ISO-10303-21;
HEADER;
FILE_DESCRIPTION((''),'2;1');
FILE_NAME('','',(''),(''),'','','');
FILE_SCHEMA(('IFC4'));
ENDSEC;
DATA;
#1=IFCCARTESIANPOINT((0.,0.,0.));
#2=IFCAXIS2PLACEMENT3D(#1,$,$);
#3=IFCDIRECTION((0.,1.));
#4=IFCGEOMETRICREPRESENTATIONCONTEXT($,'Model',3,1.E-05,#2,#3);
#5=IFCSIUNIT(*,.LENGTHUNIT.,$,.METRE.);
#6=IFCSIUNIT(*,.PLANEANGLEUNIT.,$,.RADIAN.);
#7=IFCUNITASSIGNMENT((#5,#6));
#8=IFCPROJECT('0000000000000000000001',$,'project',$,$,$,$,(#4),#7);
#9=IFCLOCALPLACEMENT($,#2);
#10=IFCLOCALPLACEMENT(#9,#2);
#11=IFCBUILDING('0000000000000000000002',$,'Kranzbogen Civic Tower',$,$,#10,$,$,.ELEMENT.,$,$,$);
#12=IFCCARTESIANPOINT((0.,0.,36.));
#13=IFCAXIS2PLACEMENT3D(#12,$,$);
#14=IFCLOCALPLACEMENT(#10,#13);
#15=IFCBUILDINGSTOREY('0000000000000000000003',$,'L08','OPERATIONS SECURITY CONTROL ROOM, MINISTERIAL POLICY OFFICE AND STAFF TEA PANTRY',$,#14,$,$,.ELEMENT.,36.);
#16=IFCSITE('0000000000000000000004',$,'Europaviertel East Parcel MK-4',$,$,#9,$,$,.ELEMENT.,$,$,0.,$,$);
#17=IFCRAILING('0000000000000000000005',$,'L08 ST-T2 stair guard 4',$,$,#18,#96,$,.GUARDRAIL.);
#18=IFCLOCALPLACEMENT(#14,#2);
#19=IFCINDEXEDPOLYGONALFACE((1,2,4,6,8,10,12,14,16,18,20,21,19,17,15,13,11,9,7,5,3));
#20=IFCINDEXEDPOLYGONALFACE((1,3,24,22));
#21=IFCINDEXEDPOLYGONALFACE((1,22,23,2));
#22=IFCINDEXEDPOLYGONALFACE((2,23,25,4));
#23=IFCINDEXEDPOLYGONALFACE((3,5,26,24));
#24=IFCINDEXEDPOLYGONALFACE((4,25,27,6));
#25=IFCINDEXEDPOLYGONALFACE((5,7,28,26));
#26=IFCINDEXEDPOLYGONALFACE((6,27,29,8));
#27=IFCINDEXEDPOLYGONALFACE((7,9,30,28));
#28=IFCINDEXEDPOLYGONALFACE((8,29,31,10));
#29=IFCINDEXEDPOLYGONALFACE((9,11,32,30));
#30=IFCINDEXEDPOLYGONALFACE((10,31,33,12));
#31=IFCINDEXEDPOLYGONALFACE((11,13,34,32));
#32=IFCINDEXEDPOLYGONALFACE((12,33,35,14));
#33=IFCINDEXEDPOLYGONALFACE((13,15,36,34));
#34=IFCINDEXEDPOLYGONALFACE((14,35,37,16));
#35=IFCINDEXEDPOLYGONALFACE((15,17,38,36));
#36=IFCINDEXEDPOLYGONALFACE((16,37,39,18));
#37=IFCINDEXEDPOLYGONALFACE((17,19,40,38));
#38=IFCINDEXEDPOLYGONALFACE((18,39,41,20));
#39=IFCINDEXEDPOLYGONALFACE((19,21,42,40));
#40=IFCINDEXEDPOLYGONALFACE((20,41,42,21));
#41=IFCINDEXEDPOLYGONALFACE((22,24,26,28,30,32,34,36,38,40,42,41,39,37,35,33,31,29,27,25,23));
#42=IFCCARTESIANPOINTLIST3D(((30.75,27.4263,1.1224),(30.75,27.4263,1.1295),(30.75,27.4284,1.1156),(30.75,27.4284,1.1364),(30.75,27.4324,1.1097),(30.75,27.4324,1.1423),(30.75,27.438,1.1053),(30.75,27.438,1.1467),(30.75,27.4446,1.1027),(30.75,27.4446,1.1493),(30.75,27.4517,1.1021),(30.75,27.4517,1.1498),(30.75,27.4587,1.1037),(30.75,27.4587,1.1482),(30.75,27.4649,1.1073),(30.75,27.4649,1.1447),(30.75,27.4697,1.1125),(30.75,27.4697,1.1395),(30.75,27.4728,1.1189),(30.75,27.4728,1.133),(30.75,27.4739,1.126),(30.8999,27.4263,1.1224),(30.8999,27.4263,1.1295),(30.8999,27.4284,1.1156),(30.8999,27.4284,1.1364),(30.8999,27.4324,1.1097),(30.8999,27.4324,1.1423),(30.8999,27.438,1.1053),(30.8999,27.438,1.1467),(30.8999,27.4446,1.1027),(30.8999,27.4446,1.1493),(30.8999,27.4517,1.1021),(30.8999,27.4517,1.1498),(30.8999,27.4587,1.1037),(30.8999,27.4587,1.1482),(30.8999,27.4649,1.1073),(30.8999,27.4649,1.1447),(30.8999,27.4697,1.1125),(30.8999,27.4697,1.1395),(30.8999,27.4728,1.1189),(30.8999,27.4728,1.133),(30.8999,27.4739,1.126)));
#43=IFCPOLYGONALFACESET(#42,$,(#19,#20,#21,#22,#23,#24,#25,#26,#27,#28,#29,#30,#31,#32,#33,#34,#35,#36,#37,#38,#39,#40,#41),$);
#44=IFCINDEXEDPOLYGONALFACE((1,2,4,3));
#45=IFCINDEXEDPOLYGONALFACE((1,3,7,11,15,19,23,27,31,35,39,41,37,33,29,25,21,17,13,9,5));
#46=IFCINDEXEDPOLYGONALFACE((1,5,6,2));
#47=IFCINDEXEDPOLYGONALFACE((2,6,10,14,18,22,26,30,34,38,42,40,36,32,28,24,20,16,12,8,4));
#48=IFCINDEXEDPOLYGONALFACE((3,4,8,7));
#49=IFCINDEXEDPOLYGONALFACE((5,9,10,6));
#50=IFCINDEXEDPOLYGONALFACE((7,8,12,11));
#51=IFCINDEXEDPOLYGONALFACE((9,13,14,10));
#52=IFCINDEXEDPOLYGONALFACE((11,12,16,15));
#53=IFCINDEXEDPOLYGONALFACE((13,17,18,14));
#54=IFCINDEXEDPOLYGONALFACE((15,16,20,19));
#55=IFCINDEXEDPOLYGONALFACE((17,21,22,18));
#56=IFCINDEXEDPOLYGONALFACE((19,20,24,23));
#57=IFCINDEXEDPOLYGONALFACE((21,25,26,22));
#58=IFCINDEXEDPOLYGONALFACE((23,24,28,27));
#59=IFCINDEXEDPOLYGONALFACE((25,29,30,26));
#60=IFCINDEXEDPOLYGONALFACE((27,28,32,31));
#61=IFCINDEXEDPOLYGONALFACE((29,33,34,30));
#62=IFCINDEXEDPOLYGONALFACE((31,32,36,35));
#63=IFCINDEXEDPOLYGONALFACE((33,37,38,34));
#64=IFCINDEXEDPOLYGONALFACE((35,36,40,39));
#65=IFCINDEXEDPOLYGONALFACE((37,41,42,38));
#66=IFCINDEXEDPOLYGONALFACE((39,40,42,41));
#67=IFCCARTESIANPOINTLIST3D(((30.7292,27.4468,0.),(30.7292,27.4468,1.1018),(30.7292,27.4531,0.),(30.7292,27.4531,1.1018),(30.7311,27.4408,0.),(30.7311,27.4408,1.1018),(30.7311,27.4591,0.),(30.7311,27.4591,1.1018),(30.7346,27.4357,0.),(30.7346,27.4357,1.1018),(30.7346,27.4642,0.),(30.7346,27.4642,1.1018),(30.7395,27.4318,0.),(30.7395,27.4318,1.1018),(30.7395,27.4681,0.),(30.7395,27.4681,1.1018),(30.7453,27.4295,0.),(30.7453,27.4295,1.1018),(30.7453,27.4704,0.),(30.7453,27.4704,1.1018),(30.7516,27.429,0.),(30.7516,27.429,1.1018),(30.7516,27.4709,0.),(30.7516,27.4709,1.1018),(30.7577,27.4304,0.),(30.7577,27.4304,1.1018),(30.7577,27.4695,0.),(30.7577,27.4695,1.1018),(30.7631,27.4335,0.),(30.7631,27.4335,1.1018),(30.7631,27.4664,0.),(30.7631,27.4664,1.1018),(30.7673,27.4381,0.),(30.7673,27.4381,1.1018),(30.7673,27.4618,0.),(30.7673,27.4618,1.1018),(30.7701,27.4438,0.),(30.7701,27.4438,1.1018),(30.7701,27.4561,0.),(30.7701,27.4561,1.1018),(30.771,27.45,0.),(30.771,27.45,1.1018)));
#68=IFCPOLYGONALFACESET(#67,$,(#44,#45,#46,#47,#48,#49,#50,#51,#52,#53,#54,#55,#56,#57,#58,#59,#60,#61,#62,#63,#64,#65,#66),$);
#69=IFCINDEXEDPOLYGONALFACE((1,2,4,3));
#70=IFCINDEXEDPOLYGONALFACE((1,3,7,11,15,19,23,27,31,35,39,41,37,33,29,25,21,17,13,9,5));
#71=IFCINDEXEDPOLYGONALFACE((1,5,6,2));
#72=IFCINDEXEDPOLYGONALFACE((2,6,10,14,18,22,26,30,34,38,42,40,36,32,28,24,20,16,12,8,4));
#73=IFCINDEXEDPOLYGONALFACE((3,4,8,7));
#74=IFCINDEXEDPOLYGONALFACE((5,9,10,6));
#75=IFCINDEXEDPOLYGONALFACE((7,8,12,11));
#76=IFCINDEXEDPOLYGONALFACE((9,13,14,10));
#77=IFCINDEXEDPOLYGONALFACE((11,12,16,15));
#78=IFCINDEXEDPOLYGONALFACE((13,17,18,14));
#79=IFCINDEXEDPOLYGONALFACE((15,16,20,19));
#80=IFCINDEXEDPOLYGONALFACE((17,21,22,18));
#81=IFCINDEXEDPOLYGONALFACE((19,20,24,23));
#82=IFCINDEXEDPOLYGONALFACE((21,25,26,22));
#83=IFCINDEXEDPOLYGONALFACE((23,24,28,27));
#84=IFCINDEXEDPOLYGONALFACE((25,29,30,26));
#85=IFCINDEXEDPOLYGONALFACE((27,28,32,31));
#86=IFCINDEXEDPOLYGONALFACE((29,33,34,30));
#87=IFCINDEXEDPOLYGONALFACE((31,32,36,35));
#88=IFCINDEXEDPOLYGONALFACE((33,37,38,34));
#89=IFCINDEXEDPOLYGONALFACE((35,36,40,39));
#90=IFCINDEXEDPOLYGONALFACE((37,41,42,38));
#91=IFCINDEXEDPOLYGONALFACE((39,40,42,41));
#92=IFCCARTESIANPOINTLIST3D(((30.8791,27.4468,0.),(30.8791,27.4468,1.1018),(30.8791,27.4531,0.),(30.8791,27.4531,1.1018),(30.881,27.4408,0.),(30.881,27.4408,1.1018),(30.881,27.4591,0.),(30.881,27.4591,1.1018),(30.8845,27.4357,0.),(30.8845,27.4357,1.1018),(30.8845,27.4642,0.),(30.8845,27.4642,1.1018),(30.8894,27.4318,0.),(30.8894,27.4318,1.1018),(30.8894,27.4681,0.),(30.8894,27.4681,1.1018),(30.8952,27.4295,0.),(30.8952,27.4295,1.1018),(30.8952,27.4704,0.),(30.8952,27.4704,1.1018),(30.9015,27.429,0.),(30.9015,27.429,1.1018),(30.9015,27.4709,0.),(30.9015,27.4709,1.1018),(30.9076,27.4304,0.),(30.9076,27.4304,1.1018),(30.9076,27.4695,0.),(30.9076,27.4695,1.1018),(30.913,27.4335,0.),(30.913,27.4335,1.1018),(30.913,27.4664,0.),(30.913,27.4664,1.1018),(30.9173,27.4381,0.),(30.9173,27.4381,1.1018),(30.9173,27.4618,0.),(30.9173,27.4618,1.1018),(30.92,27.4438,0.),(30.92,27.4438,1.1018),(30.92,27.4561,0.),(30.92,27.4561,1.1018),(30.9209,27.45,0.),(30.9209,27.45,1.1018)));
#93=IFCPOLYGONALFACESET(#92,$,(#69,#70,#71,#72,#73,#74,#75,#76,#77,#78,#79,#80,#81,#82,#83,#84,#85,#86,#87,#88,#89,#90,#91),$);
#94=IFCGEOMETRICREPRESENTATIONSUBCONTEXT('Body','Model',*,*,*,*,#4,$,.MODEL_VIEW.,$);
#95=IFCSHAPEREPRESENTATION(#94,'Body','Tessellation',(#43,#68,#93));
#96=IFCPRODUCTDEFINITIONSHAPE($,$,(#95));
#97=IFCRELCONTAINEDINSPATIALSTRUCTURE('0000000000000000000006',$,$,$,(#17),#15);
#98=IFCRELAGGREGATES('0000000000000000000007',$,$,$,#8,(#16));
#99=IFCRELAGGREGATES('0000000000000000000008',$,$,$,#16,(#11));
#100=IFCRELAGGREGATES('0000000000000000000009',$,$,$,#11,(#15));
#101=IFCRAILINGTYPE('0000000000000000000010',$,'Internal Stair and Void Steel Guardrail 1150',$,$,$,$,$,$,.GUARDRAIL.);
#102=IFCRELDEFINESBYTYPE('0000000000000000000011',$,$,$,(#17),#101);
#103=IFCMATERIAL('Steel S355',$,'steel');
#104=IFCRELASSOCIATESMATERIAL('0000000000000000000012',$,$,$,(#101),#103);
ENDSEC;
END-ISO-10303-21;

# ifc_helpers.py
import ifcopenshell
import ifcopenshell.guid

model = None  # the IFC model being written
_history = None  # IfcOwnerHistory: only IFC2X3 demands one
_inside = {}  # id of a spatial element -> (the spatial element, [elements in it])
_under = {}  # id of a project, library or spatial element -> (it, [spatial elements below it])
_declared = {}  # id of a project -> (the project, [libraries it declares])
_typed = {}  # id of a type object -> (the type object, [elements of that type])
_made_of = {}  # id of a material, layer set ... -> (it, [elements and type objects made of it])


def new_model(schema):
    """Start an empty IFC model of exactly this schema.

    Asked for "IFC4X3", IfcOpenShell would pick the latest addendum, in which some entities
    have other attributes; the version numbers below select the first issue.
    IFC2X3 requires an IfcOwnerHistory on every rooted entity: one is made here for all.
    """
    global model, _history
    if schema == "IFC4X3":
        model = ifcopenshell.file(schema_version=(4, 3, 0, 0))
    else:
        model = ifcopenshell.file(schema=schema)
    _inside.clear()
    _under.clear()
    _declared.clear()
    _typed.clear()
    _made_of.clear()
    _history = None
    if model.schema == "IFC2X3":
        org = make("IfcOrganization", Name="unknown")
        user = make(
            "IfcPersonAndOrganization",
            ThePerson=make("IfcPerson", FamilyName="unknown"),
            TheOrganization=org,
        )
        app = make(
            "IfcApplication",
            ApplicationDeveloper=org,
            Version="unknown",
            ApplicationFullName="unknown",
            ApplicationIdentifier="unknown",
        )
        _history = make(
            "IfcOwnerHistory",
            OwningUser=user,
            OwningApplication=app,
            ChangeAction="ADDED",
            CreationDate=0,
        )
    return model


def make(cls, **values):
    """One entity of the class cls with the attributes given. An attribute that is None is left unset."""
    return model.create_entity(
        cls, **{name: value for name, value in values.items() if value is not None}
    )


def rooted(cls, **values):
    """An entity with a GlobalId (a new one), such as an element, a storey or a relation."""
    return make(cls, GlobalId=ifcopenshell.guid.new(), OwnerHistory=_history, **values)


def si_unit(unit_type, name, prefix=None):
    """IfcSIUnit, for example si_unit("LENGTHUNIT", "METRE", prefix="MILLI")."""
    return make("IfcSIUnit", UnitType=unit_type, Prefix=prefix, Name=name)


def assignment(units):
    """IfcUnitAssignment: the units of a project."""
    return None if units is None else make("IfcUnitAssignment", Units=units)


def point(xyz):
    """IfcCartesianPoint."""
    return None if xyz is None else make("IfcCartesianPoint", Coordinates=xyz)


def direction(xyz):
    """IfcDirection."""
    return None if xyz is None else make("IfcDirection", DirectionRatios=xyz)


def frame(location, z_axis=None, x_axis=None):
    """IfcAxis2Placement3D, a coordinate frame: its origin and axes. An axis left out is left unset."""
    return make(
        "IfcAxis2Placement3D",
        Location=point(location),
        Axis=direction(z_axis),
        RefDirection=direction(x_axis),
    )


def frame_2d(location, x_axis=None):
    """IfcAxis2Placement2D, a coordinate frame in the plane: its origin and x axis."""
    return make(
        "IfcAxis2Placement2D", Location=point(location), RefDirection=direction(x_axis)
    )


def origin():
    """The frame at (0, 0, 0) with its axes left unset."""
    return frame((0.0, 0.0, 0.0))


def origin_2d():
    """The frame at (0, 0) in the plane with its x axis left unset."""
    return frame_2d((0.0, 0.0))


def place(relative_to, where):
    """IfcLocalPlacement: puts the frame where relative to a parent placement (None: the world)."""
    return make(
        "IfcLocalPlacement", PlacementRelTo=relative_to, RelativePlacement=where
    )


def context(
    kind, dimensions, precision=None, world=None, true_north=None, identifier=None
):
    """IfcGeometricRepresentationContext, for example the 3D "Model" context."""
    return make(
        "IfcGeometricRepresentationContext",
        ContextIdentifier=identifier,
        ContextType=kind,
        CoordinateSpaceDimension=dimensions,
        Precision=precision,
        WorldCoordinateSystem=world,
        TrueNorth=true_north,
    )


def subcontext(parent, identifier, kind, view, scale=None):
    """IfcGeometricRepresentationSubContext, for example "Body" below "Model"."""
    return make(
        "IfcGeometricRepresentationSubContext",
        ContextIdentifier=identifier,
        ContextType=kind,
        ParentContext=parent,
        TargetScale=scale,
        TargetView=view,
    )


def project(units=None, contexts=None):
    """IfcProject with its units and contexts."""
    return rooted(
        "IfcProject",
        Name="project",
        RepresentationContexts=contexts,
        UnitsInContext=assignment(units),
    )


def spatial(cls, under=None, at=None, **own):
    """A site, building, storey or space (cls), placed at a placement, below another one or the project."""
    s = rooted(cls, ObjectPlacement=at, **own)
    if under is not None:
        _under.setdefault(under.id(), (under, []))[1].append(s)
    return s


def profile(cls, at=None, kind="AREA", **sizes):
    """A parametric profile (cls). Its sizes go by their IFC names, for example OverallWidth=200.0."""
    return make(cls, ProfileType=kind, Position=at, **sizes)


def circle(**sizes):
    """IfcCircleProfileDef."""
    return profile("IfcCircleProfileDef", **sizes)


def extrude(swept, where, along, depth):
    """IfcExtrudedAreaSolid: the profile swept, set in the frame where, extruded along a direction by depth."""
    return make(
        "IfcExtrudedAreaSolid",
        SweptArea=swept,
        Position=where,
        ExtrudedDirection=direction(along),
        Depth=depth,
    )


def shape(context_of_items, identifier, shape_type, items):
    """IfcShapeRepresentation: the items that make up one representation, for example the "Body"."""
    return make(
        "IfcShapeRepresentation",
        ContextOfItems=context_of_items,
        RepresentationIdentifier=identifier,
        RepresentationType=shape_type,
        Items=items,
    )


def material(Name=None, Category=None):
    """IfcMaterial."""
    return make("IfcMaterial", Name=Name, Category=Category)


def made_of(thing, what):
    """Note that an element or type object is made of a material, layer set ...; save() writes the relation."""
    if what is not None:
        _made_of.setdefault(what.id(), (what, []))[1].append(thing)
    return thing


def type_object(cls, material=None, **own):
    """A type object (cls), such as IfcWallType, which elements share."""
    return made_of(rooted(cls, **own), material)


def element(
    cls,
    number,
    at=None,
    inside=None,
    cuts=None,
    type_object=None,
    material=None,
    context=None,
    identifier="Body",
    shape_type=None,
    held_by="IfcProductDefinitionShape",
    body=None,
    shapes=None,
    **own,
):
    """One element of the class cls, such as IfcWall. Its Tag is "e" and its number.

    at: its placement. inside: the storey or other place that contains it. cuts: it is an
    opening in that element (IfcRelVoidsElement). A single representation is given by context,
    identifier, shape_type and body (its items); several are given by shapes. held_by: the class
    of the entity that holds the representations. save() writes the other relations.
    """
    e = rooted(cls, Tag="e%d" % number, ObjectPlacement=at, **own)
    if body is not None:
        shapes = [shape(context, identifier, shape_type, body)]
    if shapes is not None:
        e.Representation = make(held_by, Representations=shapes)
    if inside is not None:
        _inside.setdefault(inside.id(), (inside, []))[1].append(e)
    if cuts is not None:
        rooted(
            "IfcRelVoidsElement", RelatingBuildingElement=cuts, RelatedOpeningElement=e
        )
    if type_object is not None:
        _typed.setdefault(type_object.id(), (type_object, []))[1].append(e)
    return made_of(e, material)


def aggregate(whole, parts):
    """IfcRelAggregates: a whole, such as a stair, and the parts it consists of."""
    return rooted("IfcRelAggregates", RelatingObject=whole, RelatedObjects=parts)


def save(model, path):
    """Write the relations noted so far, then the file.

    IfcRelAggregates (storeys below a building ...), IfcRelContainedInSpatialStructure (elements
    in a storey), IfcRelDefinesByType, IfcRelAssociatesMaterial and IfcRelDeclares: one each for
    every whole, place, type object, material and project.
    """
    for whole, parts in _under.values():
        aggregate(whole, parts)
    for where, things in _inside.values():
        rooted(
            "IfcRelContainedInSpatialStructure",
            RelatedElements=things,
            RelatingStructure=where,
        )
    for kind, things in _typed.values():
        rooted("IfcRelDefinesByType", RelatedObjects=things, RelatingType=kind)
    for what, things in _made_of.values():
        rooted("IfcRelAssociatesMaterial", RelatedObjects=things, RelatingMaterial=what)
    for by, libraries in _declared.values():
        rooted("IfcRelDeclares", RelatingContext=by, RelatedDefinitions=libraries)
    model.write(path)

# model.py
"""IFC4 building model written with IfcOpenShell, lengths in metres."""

from ifc_helpers import new_model, si_unit, direction, frame, origin, origin_2d, place, context, subcontext, project, spatial, circle, extrude, material, type_object, element, save


model = new_model("IFC4")

# Units and contexts
model_context = context("Model", 3, precision=1e-05, world=origin(), true_north=direction((0.0, 1.0)))
body_context = subcontext(model_context, "Body", "Model", "MODEL_VIEW")
ifc_project = project(units=[si_unit("LENGTHUNIT", "METRE"), si_unit("PLANEANGLEUNIT", "RADIAN")], contexts=[model_context])

# Site, building, storey
site_placement = place(None, origin())
site = spatial("IfcSite", under=ifc_project, at=site_placement, Name="Europaviertel East Parcel MK-4", CompositionType="ELEMENT", RefElevation=0.0)
building_placement = place(site_placement, origin())
building = spatial("IfcBuilding", under=site, at=building_placement, Name="Kranzbogen Civic Tower", CompositionType="ELEMENT")
storey_placement = place(building_placement, frame((0.0, 0.0, 36.0)))
storey = spatial("IfcBuildingStorey", under=building, at=storey_placement, Name="L08", Description="OPERATIONS SECURITY CONTROL ROOM, MINISTERIAL POLICY OFFICE AND STAFF TEA PANTRY", CompositionType="ELEMENT", Elevation=36.0)

# Shared definitions
ifc_material_1 = material(Name="Steel S355", Category="steel")

# Railing
railing_type_1 = type_object("IfcRailingType", Name="Internal Stair and Void Steel Guardrail 1150", PredefinedType="GUARDRAIL", material=ifc_material_1)
railing_1_placement = place(storey_placement, frame((30.75, 27.45, 0.0)))
element("IfcRailing", 1, at=railing_1_placement, inside=storey, type_object=railing_type_1, Name="L08 ST-T2 stair guard 4", PredefinedType="GUARDRAIL", context=body_context, shape_type="SweptSolid", body=[
    extrude(circle(Radius=0.0239, at=origin_2d()), frame((0.0, 0.0, 1.126), z_axis=(1.0, 0.0, 0.0), x_axis=(0.0, 1.0, 0.0)), (0.0, 0.0, 1.0), 0.1499),
    extrude(circle(Radius=0.021, at=origin_2d()), origin(), (0.0, 0.0, 1.0), 1.1018),
    extrude(circle(Radius=0.021, at=origin_2d()), frame((0.1499, 0.0, 0.0)), (0.0, 0.0, 1.0), 1.1018),
])

save(model, "model.ifc")
